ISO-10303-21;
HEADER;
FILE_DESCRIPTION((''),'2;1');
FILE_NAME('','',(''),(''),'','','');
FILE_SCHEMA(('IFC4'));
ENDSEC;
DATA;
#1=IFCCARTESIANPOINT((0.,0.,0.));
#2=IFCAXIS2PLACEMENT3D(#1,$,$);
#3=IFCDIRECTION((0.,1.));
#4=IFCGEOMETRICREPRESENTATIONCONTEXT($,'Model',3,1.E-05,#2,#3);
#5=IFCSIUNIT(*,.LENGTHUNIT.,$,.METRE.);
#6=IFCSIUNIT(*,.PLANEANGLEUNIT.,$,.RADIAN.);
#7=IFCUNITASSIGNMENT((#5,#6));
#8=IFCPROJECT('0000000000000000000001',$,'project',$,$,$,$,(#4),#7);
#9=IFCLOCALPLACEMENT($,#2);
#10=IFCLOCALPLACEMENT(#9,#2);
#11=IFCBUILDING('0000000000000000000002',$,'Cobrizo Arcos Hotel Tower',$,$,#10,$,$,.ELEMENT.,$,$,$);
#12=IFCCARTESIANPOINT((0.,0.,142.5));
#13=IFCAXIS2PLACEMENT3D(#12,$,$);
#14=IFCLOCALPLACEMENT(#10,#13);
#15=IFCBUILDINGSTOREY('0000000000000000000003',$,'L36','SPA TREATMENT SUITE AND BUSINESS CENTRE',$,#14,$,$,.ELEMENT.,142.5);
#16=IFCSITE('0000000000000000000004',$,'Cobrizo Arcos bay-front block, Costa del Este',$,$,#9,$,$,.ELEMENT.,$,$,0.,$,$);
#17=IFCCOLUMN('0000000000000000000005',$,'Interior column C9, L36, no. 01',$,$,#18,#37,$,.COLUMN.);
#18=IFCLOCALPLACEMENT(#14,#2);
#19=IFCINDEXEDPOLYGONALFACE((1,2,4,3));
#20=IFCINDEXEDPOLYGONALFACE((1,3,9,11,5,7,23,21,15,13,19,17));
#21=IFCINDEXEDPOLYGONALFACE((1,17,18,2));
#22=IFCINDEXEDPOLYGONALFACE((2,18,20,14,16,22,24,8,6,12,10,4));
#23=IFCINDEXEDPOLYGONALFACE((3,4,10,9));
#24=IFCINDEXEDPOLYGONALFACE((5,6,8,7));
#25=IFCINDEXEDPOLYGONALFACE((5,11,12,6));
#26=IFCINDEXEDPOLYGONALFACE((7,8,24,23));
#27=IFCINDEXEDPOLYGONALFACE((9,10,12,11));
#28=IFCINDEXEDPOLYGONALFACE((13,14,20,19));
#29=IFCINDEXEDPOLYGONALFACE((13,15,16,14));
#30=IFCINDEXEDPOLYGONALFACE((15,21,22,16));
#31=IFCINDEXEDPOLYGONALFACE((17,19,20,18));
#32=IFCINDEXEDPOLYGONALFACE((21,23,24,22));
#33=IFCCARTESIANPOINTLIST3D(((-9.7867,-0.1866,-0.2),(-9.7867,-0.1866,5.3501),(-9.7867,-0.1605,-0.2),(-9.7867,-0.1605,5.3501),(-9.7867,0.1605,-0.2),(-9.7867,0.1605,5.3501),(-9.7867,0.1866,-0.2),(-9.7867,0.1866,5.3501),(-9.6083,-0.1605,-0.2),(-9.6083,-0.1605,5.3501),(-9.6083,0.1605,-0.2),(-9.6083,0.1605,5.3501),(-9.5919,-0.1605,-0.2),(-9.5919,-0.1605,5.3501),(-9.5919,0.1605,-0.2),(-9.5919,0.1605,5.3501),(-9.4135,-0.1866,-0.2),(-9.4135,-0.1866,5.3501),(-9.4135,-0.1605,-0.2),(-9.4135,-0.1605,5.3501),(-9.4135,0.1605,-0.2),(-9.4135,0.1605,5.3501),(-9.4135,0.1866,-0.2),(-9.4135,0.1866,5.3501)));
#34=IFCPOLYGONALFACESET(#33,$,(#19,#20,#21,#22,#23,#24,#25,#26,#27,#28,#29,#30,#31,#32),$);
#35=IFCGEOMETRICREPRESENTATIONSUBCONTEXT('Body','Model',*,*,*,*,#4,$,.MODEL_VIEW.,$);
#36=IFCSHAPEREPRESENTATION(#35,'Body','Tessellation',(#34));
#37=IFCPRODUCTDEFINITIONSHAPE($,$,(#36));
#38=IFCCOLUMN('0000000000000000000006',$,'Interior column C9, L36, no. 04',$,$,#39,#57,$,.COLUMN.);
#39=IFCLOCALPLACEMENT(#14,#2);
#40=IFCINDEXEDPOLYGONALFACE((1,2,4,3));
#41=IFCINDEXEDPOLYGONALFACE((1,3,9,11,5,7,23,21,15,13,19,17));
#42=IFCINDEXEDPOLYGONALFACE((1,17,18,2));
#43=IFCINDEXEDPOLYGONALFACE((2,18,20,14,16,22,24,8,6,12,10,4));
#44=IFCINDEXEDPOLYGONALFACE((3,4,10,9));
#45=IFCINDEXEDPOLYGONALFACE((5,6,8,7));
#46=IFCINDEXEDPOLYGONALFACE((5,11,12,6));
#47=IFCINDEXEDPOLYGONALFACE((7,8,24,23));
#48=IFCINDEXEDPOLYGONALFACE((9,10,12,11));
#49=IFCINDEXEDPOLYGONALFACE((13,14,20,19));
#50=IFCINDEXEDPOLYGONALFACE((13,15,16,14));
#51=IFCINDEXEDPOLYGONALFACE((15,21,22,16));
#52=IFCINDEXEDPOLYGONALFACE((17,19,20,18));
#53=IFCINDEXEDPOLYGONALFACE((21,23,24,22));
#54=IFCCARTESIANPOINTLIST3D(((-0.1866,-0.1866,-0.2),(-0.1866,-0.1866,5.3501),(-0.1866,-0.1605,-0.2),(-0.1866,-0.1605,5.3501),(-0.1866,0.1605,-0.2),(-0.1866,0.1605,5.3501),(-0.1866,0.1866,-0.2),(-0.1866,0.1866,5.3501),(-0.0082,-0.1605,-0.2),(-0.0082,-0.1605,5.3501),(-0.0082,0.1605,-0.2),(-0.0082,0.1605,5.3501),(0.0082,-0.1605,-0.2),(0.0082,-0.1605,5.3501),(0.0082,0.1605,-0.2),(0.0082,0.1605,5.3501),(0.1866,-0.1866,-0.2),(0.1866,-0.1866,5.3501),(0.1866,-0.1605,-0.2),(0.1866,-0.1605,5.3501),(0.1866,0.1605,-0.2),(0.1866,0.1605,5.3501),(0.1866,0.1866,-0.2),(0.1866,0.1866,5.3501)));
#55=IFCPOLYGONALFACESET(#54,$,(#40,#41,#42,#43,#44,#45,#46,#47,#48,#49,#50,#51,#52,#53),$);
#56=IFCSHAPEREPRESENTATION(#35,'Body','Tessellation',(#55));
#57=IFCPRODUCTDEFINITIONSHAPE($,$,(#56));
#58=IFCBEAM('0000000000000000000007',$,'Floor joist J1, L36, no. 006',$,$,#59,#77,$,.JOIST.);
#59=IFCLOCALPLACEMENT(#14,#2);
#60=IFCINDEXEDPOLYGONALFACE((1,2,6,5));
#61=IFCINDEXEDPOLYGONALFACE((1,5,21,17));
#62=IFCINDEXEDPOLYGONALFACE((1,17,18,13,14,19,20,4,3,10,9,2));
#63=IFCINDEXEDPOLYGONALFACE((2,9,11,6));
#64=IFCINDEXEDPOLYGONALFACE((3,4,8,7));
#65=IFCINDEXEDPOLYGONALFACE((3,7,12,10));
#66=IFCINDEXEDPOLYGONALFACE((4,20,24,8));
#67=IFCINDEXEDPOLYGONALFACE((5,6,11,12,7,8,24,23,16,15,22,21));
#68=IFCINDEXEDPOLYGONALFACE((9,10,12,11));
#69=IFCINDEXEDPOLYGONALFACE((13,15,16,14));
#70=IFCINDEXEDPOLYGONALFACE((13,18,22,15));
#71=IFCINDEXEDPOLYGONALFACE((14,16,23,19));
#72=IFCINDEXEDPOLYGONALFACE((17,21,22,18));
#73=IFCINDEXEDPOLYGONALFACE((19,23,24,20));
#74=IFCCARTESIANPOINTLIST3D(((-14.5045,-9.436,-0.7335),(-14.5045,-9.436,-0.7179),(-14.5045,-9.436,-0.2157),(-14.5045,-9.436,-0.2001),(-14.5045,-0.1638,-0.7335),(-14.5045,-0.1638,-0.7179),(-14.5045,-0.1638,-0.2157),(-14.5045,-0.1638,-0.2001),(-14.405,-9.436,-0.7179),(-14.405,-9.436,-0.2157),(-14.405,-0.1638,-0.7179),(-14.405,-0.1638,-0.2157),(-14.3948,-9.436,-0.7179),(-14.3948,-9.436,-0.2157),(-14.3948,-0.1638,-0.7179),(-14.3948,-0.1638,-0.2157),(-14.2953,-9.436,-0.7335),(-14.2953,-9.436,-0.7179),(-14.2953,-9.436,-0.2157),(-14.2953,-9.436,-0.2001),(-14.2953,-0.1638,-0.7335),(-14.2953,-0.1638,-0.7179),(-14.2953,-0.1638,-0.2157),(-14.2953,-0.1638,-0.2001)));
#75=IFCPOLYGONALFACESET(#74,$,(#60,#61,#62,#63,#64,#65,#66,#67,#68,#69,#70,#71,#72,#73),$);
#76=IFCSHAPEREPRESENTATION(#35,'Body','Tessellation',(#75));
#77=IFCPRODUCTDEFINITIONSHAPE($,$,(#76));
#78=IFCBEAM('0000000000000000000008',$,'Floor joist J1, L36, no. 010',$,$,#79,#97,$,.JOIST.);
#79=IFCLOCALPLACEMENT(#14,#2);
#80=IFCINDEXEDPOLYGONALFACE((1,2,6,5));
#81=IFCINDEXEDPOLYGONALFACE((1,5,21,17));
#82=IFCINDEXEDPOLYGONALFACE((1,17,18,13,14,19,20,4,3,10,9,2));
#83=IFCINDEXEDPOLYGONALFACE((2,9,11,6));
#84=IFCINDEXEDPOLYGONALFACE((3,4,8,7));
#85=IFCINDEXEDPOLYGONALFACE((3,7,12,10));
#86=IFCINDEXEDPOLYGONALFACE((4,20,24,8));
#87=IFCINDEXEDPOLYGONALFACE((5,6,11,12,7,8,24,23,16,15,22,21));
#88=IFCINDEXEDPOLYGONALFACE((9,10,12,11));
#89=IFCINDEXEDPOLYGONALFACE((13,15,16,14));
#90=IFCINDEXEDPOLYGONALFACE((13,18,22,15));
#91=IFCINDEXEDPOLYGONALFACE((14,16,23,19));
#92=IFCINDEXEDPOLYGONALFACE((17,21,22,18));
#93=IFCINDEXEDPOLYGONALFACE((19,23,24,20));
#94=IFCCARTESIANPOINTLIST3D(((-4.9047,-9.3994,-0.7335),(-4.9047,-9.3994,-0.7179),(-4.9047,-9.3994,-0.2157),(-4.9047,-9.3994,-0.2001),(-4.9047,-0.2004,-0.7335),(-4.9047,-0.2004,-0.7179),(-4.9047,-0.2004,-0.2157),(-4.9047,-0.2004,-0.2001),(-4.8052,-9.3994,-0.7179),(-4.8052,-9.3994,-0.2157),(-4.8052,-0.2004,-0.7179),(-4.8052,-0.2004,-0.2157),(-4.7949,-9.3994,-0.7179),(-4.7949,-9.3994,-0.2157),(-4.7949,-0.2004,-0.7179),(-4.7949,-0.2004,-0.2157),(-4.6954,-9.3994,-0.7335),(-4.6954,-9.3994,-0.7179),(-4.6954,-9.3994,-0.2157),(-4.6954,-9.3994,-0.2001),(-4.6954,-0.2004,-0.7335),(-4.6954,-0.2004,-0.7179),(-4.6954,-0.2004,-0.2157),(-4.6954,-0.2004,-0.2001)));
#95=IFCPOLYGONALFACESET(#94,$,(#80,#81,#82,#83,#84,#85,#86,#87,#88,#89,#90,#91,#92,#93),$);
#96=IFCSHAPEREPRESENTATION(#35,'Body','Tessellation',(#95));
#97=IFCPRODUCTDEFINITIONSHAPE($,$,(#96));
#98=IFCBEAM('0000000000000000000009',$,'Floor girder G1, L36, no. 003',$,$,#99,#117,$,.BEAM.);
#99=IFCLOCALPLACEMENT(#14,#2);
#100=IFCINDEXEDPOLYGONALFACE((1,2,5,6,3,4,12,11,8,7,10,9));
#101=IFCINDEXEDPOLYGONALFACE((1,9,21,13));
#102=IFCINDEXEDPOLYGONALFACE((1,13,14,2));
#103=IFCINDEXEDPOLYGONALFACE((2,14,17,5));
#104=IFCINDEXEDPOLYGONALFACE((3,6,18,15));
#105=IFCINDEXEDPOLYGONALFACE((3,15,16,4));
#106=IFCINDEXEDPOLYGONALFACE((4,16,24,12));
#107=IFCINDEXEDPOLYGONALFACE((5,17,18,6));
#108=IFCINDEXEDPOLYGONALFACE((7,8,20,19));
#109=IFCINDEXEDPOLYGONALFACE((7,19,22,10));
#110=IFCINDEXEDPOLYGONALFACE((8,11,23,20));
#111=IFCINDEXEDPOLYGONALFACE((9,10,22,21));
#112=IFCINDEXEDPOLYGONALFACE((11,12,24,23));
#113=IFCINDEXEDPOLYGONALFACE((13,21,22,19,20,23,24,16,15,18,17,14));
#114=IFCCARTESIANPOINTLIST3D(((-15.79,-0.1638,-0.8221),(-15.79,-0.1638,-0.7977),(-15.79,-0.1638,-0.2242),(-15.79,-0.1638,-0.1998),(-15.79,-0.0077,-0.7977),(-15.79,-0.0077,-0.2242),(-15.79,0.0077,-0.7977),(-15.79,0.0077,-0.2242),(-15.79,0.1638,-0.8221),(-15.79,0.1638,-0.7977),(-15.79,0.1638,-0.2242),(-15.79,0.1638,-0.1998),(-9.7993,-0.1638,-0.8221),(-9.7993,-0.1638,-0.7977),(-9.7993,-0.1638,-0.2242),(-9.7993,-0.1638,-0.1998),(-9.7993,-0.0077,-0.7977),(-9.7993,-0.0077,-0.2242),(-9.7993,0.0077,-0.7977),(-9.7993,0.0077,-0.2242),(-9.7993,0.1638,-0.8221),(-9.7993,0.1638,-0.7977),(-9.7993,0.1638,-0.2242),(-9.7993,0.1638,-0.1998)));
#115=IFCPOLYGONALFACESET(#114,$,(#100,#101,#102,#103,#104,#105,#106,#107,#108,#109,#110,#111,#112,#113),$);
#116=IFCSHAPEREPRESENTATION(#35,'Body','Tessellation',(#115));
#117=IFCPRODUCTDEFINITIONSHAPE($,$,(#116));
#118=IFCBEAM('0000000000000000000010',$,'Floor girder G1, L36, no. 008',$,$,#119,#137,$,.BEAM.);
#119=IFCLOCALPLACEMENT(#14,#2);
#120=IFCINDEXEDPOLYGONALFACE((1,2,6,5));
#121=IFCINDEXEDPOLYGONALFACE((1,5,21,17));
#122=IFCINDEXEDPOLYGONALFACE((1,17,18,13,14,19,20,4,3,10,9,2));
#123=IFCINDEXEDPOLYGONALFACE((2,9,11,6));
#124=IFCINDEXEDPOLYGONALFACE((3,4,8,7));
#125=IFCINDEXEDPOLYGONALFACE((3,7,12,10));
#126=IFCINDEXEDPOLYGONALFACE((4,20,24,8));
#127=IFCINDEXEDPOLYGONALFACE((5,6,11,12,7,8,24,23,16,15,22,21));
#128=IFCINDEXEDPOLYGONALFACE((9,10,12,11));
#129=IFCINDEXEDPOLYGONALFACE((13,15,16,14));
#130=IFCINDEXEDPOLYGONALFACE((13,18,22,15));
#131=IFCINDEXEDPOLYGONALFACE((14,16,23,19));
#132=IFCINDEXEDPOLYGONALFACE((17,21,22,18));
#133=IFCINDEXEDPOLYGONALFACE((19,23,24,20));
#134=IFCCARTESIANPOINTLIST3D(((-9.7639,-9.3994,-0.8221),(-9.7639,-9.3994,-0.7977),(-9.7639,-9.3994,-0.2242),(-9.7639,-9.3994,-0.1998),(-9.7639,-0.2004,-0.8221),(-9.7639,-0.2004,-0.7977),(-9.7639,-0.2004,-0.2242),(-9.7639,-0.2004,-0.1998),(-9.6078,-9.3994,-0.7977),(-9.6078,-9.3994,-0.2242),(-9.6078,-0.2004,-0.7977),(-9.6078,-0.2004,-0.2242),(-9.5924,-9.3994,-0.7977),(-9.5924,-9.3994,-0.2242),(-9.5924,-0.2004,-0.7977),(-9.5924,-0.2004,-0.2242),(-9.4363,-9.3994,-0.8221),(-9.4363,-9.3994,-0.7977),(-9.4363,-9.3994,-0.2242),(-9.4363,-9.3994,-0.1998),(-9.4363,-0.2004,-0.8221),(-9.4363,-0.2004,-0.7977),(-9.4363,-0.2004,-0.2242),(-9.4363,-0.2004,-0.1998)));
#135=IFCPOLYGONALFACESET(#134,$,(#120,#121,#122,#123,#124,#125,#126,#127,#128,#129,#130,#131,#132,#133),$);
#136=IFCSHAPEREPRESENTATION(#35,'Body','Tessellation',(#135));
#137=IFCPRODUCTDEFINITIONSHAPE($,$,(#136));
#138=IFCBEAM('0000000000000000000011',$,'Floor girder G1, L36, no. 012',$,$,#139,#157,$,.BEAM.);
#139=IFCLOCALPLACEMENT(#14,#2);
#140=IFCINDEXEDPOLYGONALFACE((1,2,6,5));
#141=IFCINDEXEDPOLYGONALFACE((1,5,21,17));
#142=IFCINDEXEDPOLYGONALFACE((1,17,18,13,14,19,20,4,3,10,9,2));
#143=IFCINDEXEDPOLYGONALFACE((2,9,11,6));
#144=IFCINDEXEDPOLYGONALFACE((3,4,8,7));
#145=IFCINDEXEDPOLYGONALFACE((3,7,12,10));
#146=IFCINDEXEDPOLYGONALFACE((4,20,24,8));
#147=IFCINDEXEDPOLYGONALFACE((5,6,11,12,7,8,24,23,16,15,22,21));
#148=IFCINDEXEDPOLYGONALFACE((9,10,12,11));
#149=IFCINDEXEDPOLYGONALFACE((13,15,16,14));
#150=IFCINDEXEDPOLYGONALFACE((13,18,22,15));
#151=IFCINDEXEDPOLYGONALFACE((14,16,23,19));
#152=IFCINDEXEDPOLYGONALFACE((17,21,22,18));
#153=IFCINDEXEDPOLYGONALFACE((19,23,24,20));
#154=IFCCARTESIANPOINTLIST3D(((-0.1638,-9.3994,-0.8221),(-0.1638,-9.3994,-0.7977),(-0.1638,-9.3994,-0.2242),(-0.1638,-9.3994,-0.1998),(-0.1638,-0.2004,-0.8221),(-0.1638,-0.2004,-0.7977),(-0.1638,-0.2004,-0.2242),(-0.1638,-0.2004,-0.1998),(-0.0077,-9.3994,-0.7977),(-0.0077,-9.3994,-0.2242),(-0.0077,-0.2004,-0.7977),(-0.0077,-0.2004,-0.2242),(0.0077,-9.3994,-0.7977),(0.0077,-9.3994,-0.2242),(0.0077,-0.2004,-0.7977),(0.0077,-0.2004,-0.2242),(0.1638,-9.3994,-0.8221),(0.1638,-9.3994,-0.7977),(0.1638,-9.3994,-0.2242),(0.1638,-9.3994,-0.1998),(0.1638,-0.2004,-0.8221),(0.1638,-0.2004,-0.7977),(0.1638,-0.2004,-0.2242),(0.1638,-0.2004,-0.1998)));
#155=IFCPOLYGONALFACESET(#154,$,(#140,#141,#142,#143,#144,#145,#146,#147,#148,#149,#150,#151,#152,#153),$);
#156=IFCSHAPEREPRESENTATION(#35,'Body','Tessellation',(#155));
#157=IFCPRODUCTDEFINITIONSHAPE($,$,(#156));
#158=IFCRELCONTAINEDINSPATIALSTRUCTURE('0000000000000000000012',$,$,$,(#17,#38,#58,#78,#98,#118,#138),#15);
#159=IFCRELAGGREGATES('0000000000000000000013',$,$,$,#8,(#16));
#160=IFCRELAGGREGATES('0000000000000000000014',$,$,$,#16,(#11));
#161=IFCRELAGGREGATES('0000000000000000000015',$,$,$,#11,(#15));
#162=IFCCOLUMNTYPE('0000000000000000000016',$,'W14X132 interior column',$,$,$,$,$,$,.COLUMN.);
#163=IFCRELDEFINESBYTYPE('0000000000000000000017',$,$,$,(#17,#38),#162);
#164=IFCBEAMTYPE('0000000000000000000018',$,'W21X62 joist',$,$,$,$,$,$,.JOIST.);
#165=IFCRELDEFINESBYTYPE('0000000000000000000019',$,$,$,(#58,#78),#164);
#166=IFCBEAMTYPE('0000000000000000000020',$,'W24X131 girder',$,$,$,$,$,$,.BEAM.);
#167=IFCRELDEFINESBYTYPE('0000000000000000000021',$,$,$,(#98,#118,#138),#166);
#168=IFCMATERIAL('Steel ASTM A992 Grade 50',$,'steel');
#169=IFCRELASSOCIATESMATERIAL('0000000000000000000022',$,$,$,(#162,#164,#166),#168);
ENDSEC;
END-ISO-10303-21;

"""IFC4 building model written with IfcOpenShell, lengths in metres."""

from ifc_helpers import new_model, si_unit, direction, frame, origin, origin_2d, place, context, subcontext, project, spatial, i_section, extrude, material, material_profile, profile_set, type_object, element, save


model = new_model("IFC4")

# Units and contexts
model_context = context("Model", 3, precision=1e-05, world=origin(), true_north=direction((0.0, 1.0)))
body_context = subcontext(model_context, "Body", "Model", "MODEL_VIEW")
ifc_project = project(units=[si_unit("LENGTHUNIT", "METRE"), si_unit("PLANEANGLEUNIT", "RADIAN")], contexts=[model_context])

# Site, building, storey
site_placement = place(None, origin())
site = spatial("IfcSite", under=ifc_project, at=site_placement, Name="Cobrizo Arcos bay-front block, Costa del Este", CompositionType="ELEMENT", RefElevation=0.0)
building_placement = place(site_placement, origin())
building = spatial("IfcBuilding", under=site, at=building_placement, Name="Cobrizo Arcos Hotel Tower", CompositionType="ELEMENT")
storey_placement = place(building_placement, frame((0.0, 0.0, 142.5)))
storey = spatial("IfcBuildingStorey", under=building, at=storey_placement, Name="L36", Description="SPA TREATMENT SUITE AND BUSINESS CENTRE", CompositionType="ELEMENT", Elevation=142.5)

# Columns
ifc_material_1 = material(Name="Steel ASTM A992 Grade 50", Category="steel")
ifc_material_profile_1 = material_profile(ifc_material_1, i_section(OverallWidth=0.3733, OverallDepth=0.3733, WebThickness=0.0164, FlangeThickness=0.0261, at=origin_2d()), Name="W14X132")
ifc_profile_set_1 = profile_set([ifc_material_profile_1], Name="Steel ASTM A992 Grade 50")
column_type = type_object("IfcColumnType", Name="W14X132 interior column", PredefinedType="COLUMN", material=ifc_profile_set_1)
for number, where, z_axis, x_axis, name in (
    (1, (-9.6001, 0.0, -0.2), (0.0, 0.0, 1.0), (1.0, 0.0, 0.0), "Interior column C9, L36, no. 01"),
    (2, (0.0, 0.0, -0.2), (0.0, 0.0, 1.0), (1.0, 0.0, 0.0), "Interior column C9, L36, no. 04"),
):
    element("IfcColumn", number, at=place(storey_placement, frame(where, z_axis=z_axis, x_axis=x_axis)), inside=storey, type_object=column_type, Name=name, PredefinedType="COLUMN", context=body_context, shape_type="SweptSolid", body=[
        extrude(i_section(OverallWidth=0.3733, OverallDepth=0.3733, WebThickness=0.0164, FlangeThickness=0.0261, at=origin_2d()), origin(), (0.0, 0.0, 1.0), 5.55),
    ])

# Beams
ifc_material_profile_2 = material_profile(ifc_material_1, i_section(OverallWidth=0.2092, OverallDepth=0.5334, WebThickness=0.0103, FlangeThickness=0.0156, at=origin_2d()), Name="W21X62")
ifc_profile_set_2 = profile_set([ifc_material_profile_2], Name="Steel ASTM A992 Grade 50")
beam_type_1 = type_object("IfcBeamType", Name="W21X62 joist", PredefinedType="JOIST", material=ifc_profile_set_2)
beam_1_placement = place(storey_placement, frame((-14.3999, -9.436, -0.4668), z_axis=(0.0, 1.0, 0.0), x_axis=(-1.0, 0.0, 0.0)))
element("IfcBeam", 3, at=beam_1_placement, inside=storey, type_object=beam_type_1, Name="Floor joist J1, L36, no. 006", PredefinedType="JOIST", context=body_context, shape_type="SweptSolid", body=[
    extrude(i_section(OverallWidth=0.2092, OverallDepth=0.5334, WebThickness=0.0103, FlangeThickness=0.0156, at=origin_2d()), origin(), (0.0, 0.0, 1.0), 9.2722),
])
beam_2_placement = place(storey_placement, frame((-4.8, -9.3994, -0.4668), z_axis=(0.0, 1.0, 0.0), x_axis=(-1.0, 0.0, 0.0)))
element("IfcBeam", 4, at=beam_2_placement, inside=storey, type_object=beam_type_1, Name="Floor joist J1, L36, no. 010", PredefinedType="JOIST", context=body_context, shape_type="SweptSolid", body=[
    extrude(i_section(OverallWidth=0.2092, OverallDepth=0.5334, WebThickness=0.0103, FlangeThickness=0.0156, at=origin_2d()), origin(), (0.0, 0.0, 1.0), 9.199),
])
ifc_material_profile_3 = material_profile(ifc_material_1, i_section(OverallWidth=0.3276, OverallDepth=0.6223, WebThickness=0.0154, FlangeThickness=0.0244, at=origin_2d()), Name="W24X131")
ifc_profile_set_3 = profile_set([ifc_material_profile_3], Name="Steel ASTM A992 Grade 50")
beam_type_2 = type_object("IfcBeamType", Name="W24X131 girder", PredefinedType="BEAM", material=ifc_profile_set_3)
beam_3_placement = place(storey_placement, frame((-15.79, 0.0, -0.511), z_axis=(1.0, 0.0, 0.0), x_axis=(0.0, 1.0, 0.0)))
element("IfcBeam", 5, at=beam_3_placement, inside=storey, type_object=beam_type_2, Name="Floor girder G1, L36, no. 003", PredefinedType="BEAM", context=body_context, shape_type="SweptSolid", body=[
    extrude(i_section(OverallWidth=0.3276, OverallDepth=0.6223, WebThickness=0.0154, FlangeThickness=0.0244, at=origin_2d()), origin(), (0.0, 0.0, 1.0), 5.9907),
])
for number, where, z_axis, x_axis, name in (
    (6, (-9.6001, -9.3994, -0.511), (0.0, 1.0, 0.0), (-1.0, 0.0, 0.0), "Floor girder G1, L36, no. 008"),
    (7, (0.0, -9.3994, -0.511), (0.0, 1.0, 0.0), (-1.0, 0.0, 0.0), "Floor girder G1, L36, no. 012"),
):
    element("IfcBeam", number, at=place(storey_placement, frame(where, z_axis=z_axis, x_axis=x_axis)), inside=storey, type_object=beam_type_2, Name=name, PredefinedType="BEAM", context=body_context, shape_type="SweptSolid", body=[
        extrude(i_section(OverallWidth=0.3276, OverallDepth=0.6223, WebThickness=0.0154, FlangeThickness=0.0244, at=origin_2d()), origin(), (0.0, 0.0, 1.0), 9.199),
    ])

save(model, "model.ifc")
